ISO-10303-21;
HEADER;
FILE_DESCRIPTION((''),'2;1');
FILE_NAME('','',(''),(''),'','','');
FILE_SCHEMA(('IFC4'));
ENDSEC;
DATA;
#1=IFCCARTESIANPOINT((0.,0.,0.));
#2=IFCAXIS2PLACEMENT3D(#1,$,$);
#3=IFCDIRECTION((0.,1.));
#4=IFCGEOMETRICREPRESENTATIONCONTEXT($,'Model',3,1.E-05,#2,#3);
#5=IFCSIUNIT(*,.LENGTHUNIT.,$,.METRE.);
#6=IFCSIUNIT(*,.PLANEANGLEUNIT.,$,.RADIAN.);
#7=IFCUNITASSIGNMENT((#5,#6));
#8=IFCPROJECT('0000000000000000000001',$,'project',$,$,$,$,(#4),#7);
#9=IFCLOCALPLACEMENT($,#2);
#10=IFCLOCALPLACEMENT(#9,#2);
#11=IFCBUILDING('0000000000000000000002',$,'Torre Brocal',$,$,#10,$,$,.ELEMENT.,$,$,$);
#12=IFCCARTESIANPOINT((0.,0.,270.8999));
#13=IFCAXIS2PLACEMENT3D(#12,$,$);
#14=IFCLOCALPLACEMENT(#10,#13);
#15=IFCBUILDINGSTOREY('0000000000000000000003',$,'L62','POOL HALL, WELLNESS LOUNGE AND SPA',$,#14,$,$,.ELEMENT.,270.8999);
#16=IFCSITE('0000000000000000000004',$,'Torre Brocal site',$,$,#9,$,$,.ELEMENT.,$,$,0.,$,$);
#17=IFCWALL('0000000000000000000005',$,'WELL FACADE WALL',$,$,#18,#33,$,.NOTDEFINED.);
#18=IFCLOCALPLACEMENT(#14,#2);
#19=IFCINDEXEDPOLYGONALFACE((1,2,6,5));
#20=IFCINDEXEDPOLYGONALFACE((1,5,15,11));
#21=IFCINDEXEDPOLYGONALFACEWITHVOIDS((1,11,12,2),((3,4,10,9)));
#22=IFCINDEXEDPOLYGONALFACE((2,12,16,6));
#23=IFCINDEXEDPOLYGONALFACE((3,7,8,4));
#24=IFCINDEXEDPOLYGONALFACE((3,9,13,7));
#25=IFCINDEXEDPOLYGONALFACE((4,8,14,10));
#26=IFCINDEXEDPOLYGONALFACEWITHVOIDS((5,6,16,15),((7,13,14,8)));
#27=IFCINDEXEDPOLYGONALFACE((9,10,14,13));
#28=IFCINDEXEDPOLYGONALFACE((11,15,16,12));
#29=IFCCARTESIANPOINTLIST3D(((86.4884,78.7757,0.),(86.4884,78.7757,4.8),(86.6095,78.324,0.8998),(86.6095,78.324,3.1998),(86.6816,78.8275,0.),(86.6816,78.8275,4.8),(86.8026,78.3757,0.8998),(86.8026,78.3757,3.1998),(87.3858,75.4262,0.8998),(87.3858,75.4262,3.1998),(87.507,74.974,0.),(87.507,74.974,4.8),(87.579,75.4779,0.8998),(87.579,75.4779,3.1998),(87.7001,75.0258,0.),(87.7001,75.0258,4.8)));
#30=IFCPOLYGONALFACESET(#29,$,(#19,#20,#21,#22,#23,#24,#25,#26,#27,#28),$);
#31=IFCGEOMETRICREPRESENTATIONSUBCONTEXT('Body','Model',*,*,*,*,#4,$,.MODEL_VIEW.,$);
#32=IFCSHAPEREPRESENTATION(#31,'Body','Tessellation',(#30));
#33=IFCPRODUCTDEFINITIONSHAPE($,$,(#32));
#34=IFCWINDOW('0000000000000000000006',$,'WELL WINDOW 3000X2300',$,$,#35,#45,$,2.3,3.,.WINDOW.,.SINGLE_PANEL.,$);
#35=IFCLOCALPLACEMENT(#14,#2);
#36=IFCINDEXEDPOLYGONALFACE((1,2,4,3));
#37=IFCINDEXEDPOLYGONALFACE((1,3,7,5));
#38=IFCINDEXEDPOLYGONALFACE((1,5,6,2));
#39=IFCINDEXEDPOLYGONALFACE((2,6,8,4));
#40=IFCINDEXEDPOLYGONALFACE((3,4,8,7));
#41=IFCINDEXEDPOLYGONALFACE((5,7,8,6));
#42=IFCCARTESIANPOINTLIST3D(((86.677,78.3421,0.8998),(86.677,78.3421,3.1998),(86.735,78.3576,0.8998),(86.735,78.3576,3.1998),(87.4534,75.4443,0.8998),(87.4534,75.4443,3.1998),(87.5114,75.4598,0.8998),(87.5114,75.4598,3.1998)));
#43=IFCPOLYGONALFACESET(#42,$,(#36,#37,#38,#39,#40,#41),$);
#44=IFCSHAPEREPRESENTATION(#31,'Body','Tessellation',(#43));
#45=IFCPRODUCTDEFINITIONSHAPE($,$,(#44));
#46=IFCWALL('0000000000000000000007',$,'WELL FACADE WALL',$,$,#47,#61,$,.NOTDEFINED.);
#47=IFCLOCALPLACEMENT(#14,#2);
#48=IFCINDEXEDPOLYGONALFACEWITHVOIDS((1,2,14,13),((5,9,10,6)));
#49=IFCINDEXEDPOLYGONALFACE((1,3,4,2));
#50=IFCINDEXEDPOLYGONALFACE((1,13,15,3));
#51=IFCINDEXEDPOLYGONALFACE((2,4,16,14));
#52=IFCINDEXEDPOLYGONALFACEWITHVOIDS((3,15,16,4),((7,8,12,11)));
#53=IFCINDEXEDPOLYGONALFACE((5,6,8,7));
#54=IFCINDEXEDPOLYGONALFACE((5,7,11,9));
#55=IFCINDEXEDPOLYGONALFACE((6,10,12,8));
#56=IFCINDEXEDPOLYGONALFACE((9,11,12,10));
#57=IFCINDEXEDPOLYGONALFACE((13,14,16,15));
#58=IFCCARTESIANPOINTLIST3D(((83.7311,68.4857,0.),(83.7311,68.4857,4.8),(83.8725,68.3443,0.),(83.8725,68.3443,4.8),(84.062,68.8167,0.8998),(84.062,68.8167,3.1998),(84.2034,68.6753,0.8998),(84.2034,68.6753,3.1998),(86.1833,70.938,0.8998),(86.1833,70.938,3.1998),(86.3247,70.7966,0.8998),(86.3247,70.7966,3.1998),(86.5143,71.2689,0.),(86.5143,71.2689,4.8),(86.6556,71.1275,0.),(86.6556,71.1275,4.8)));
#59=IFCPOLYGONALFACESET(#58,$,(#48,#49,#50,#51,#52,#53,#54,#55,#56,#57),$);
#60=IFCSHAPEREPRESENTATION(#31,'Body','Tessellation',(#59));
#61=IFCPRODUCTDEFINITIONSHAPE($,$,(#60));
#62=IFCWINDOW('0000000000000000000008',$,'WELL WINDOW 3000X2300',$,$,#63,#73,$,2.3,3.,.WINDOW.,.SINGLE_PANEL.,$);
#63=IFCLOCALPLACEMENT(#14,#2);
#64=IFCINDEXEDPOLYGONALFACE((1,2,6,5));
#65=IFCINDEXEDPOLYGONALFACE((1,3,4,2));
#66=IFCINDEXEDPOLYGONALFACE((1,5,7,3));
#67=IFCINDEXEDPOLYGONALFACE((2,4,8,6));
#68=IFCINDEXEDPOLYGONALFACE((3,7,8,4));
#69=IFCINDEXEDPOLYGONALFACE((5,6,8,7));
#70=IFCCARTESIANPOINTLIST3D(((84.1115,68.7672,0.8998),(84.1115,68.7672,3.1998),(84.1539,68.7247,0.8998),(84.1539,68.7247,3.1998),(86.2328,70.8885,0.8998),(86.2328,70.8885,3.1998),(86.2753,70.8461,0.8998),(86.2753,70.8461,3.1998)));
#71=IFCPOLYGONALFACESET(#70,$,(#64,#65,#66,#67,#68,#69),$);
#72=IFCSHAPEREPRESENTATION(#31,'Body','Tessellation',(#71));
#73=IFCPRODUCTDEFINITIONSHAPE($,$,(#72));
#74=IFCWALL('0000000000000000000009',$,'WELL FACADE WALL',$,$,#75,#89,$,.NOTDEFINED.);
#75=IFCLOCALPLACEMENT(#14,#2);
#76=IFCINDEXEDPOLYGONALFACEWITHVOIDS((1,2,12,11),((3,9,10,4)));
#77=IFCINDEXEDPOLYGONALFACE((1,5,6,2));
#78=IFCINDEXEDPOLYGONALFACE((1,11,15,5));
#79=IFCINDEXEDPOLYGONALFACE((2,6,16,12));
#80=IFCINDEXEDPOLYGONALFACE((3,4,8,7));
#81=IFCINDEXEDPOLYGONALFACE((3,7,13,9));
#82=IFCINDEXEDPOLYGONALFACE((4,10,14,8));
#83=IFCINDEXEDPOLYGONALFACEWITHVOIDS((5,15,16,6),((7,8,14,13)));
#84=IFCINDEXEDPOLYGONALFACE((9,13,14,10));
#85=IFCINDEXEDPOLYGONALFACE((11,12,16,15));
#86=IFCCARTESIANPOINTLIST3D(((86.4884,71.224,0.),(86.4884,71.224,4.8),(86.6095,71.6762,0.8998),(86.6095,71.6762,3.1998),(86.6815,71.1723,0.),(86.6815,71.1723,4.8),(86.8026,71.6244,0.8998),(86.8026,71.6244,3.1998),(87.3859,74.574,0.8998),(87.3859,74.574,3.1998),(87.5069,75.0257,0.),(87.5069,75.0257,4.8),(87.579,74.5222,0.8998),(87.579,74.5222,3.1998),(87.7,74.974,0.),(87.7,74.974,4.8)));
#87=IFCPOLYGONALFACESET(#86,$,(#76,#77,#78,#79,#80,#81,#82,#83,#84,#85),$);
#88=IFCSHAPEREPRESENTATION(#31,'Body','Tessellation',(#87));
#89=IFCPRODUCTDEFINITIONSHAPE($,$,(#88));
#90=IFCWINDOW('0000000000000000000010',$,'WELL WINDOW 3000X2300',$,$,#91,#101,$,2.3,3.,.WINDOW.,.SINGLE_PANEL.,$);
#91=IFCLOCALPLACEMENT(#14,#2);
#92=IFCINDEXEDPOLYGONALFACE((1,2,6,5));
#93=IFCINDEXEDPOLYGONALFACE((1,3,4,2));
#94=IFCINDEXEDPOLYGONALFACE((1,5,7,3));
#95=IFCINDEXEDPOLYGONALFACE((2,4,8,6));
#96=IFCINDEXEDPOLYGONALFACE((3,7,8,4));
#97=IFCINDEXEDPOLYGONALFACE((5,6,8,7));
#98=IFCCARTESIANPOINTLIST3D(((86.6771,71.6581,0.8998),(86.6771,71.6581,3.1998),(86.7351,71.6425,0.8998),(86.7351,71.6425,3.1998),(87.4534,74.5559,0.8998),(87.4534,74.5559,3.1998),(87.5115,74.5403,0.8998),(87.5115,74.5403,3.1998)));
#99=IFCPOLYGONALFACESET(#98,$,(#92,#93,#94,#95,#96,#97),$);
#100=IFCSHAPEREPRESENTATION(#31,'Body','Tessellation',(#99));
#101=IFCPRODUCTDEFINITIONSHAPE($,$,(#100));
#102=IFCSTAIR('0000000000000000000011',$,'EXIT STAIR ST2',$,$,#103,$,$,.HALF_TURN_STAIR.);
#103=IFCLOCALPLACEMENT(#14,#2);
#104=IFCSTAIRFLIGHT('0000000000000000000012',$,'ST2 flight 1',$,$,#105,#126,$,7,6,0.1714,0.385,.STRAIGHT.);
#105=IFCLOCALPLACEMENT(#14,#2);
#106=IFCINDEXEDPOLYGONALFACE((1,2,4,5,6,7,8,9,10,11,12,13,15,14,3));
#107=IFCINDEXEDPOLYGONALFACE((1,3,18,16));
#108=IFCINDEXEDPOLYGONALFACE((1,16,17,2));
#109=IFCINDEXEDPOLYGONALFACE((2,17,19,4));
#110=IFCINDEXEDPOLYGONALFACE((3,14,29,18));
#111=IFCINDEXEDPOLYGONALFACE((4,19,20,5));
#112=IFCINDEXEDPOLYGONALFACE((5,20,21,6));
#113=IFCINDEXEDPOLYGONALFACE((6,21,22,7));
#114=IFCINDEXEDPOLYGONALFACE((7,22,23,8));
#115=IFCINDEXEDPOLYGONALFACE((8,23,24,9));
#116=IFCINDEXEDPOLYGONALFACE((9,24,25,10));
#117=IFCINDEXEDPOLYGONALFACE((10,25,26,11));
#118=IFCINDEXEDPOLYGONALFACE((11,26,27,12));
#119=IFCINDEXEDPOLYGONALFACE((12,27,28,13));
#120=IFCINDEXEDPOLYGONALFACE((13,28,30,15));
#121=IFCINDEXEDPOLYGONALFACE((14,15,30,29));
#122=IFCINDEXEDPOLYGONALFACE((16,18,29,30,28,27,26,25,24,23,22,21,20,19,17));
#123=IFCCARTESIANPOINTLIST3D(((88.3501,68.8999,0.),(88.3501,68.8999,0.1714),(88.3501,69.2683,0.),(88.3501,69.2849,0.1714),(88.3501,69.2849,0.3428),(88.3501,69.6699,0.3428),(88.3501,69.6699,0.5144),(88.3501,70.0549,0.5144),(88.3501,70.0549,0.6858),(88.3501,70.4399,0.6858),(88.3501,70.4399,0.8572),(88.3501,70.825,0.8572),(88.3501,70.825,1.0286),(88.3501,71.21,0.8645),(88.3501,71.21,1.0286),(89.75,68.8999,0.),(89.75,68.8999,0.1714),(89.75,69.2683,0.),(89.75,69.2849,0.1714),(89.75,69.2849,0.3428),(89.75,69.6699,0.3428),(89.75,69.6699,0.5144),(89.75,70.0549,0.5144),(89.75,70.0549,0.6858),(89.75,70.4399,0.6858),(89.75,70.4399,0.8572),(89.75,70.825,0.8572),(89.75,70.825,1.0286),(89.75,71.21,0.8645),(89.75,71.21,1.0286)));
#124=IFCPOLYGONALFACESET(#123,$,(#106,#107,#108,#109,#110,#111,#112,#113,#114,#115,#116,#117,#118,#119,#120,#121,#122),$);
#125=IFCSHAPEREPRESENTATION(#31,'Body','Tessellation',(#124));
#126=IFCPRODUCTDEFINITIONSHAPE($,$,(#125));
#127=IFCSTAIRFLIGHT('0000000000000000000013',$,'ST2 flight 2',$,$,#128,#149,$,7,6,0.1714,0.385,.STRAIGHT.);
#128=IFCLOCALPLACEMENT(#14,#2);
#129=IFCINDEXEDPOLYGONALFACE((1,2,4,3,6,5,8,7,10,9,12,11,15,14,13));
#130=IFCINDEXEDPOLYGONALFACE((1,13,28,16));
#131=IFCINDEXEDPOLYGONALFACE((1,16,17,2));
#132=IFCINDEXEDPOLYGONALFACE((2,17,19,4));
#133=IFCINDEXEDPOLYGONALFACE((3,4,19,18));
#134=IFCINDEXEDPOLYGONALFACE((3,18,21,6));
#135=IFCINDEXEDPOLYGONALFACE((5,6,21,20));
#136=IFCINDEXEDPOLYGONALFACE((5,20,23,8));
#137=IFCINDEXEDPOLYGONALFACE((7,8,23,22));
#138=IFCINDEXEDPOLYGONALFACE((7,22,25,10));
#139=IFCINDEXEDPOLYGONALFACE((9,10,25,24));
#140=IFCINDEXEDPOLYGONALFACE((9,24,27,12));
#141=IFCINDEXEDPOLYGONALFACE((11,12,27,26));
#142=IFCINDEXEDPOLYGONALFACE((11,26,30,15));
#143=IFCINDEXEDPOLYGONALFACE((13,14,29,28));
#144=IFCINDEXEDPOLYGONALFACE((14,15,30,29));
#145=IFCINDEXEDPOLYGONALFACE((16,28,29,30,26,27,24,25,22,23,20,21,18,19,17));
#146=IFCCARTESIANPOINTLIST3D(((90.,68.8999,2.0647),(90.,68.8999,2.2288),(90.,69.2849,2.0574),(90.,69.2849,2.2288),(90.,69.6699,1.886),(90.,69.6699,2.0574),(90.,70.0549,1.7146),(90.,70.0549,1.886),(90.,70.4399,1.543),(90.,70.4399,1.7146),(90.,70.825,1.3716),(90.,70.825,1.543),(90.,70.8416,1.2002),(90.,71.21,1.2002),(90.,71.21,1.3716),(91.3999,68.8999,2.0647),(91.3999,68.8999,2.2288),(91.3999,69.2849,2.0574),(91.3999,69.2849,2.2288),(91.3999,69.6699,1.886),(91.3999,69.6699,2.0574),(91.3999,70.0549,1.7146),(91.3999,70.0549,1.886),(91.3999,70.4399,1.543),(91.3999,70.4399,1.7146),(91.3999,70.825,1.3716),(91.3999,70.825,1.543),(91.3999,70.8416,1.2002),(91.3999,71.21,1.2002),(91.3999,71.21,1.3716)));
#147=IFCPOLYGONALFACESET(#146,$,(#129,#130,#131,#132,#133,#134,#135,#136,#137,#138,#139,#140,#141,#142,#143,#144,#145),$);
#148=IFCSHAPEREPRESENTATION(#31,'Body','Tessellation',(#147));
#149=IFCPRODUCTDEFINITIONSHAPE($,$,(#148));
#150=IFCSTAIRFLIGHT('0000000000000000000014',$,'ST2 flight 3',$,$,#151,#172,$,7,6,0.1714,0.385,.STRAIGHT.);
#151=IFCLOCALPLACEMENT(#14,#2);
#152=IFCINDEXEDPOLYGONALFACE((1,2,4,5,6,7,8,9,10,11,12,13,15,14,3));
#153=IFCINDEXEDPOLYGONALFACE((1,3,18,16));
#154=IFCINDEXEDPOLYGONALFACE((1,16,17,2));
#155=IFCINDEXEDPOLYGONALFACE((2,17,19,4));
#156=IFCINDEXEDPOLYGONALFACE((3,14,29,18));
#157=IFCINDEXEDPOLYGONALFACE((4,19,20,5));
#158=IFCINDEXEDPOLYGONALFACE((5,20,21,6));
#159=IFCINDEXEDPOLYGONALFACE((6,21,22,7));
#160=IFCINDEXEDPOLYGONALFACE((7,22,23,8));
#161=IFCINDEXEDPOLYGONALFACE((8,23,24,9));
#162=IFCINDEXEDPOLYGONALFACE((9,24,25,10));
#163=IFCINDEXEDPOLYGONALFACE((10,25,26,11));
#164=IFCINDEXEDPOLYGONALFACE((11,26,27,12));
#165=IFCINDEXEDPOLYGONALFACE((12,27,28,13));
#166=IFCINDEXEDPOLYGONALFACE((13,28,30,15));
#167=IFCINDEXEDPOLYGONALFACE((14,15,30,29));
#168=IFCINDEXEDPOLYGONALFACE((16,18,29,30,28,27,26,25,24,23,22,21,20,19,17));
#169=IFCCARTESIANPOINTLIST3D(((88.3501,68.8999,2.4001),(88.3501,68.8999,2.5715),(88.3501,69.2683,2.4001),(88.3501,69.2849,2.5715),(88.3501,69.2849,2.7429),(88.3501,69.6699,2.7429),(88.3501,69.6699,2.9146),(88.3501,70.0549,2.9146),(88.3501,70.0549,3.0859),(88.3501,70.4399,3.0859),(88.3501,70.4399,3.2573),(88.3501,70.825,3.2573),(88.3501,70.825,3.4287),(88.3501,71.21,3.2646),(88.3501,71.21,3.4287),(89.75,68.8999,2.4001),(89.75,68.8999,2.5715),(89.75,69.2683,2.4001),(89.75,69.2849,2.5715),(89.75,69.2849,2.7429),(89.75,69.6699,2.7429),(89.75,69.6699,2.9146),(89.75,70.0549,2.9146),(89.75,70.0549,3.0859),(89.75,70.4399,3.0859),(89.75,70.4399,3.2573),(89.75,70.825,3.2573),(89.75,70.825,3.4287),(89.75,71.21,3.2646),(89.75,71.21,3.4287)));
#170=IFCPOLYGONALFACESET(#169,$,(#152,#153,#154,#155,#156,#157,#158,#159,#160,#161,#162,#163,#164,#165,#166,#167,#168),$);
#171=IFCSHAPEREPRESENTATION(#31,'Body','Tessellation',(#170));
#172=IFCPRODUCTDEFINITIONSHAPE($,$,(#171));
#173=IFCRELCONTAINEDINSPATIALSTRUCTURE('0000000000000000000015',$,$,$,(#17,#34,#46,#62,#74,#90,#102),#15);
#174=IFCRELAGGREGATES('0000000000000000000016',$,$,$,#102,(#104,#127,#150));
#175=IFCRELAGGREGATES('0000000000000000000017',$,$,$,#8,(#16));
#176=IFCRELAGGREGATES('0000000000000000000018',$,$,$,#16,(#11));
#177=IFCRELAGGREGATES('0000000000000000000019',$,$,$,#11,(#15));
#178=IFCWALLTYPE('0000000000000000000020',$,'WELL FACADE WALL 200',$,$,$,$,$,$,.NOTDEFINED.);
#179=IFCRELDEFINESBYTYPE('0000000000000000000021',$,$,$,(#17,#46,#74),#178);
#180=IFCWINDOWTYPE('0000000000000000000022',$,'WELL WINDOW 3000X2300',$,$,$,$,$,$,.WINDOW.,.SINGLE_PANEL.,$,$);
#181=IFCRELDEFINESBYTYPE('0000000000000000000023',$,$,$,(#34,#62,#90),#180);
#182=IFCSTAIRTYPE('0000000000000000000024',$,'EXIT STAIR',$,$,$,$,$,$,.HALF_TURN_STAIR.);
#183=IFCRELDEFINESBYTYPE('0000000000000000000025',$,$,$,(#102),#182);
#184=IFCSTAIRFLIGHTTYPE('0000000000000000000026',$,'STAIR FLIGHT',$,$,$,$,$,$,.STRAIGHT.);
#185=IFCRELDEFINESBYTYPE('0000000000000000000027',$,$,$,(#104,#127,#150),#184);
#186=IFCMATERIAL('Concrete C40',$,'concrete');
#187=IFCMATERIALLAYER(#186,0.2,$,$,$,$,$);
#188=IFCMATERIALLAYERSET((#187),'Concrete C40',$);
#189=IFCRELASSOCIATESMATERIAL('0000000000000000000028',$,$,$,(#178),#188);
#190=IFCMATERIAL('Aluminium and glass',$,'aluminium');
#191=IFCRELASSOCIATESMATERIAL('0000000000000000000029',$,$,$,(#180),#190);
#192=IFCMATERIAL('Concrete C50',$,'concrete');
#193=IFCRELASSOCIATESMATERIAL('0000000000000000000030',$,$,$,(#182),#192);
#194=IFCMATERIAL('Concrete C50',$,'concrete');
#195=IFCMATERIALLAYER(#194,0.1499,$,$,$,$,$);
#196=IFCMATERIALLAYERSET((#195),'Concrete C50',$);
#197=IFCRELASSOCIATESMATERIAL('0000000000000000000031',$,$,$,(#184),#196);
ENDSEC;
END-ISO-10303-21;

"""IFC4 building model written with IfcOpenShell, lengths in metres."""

from ifc_helpers import new_model, si_unit, direction, frame, frame_2d, origin, place, context, subcontext, project, spatial, polyline, rectangle, outline, extrude, material, layer, layer_set, type_object, element, fill, aggregate, save


model = new_model("IFC4")

# Units and contexts
model_context = context("Model", 3, precision=1e-05, world=origin(), true_north=direction((0.0, 1.0)))
body_context = subcontext(model_context, "Body", "Model", "MODEL_VIEW")
ifc_project = project(units=[si_unit("LENGTHUNIT", "METRE"), si_unit("PLANEANGLEUNIT", "RADIAN")], contexts=[model_context])

# Site, building, storey
site_placement = place(None, origin())
site = spatial("IfcSite", under=ifc_project, at=site_placement, Name="Torre Brocal site", CompositionType="ELEMENT", RefElevation=0.0)
building_placement = place(site_placement, origin())
building = spatial("IfcBuilding", under=site, at=building_placement, Name="Torre Brocal", CompositionType="ELEMENT")
storey_placement = place(building_placement, frame((0.0, 0.0, 270.8999)))
storey = spatial("IfcBuildingStorey", under=building, at=storey_placement, Name="L62", Description="POOL HALL, WELLNESS LOUNGE AND SPA", CompositionType="ELEMENT", Elevation=270.8999)

# Walls, openings, windows
ifc_material_1 = material(Name="Concrete C40", Category="concrete")
ifc_layer_1 = layer(ifc_material_1, 0.2)
ifc_layer_set_1 = layer_set([ifc_layer_1], Name="Concrete C40")
wall_type_1 = type_object("IfcWallType", Name="WELL FACADE WALL 200", PredefinedType="NOTDEFINED", material=ifc_layer_set_1)
wall_1_placement = place(storey_placement, frame((87.6035, 75.0, 0.0), z_axis=(0.0, 0.0, 1.0), x_axis=(-0.25879, 0.965934, 0.0)))
wall_1 = element("IfcWall", 1, at=wall_1_placement, inside=storey, type_object=wall_type_1, Name="WELL FACADE WALL", PredefinedType="NOTDEFINED", context=body_context, shape_type="SweptSolid", body=[
    extrude(rectangle(XDim=3.9358, YDim=0.2, at=frame_2d((1.9678, 0.0))), origin(), (0.0, 0.0, 1.0), 4.8),
])
opening_1_placement = place(wall_1_placement, frame((0.468, 0.0, 0.8999)))
opening_1 = element("IfcOpeningElement", 2, at=opening_1_placement, cuts=wall_1, PredefinedType="OPENING", context=body_context, shape_type="SweptSolid", body=[
    extrude(rectangle(XDim=3.0, YDim=2.3, at=frame_2d((1.5, 1.1499))), frame((0.0, 0.1099, 0.0), z_axis=(0.0, -1.0, 0.0), x_axis=(1.0, 0.0, 0.0)), (0.0, 0.0, 1.0), 0.22),
])
ifc_material_2 = material(Name="Aluminium and glass", Category="aluminium")
window_type = type_object("IfcWindowType", Name="WELL WINDOW 3000X2300", PartitioningType="SINGLE_PANEL", PredefinedType="WINDOW", material=ifc_material_2)
window_1_placement = place(opening_1_placement, origin())
window_1 = element("IfcWindow", 3, at=window_1_placement, inside=storey, type_object=window_type, Name="WELL WINDOW 3000X2300", OverallHeight=2.3, OverallWidth=3.0, PartitioningType="SINGLE_PANEL", PredefinedType="WINDOW", context=body_context, shape_type="SweptSolid", body=[
    extrude(rectangle(XDim=3.0, YDim=2.3, at=frame_2d((1.5, 1.1499))), frame((0.0, 0.03, 0.0), z_axis=(0.0, -1.0, 0.0), x_axis=(1.0, 0.0, 0.0)), (0.0, 0.0, 1.0), 0.0601),
])
fill(opening_1, window_1)
wall_2_placement = place(storey_placement, frame((83.8018, 68.415, 0.0), z_axis=(0.0, 0.0, 1.0), x_axis=(0.707107, 0.707107, 0.0)))
wall_2 = element("IfcWall", 4, at=wall_2_placement, inside=storey, type_object=wall_type_1, Name="WELL FACADE WALL", PredefinedType="NOTDEFINED", context=body_context, shape_type="SweptSolid", body=[
    extrude(rectangle(XDim=3.936, YDim=0.2, at=frame_2d((1.968, 0.0))), origin(), (0.0, 0.0, 1.0), 4.8),
])
opening_2_placement = place(wall_2_placement, frame((0.468, 0.0, 0.8999)))
opening_2 = element("IfcOpeningElement", 5, at=opening_2_placement, cuts=wall_2, PredefinedType="OPENING", context=body_context, shape_type="SweptSolid", body=[
    extrude(rectangle(XDim=3.0, YDim=2.3, at=frame_2d((1.5, 1.1499))), frame((0.0, 0.1099, 0.0), z_axis=(0.0, -1.0, 0.0), x_axis=(1.0, 0.0, 0.0)), (0.0, 0.0, 1.0), 0.22),
])
window_2_placement = place(opening_2_placement, origin())
window_2 = element("IfcWindow", 6, at=window_2_placement, inside=storey, type_object=window_type, Name="WELL WINDOW 3000X2300", OverallHeight=2.3, OverallWidth=3.0, PartitioningType="SINGLE_PANEL", PredefinedType="WINDOW", context=body_context, shape_type="SweptSolid", body=[
    extrude(rectangle(XDim=3.0, YDim=2.3, at=frame_2d((1.5, 1.1499))), frame((0.0, 0.03, 0.0), z_axis=(0.0, -1.0, 0.0), x_axis=(1.0, 0.0, 0.0)), (0.0, 0.0, 1.0), 0.0601),
])
fill(opening_2, window_2)
wall_3_placement = place(storey_placement, frame((86.585, 71.1982, 0.0), z_axis=(0.0, 0.0, 1.0), x_axis=(0.25879, 0.965934, 0.0)))
wall_3 = element("IfcWall", 7, at=wall_3_placement, inside=storey, type_object=wall_type_1, Name="WELL FACADE WALL", PredefinedType="NOTDEFINED", context=body_context, shape_type="SweptSolid", body=[
    extrude(rectangle(XDim=3.9358, YDim=0.2, at=frame_2d((1.9678, 0.0))), origin(), (0.0, 0.0, 1.0), 4.8),
])
opening_3_placement = place(wall_3_placement, frame((0.468, 0.0, 0.8999)))
opening_3 = element("IfcOpeningElement", 8, at=opening_3_placement, cuts=wall_3, PredefinedType="OPENING", context=body_context, shape_type="SweptSolid", body=[
    extrude(rectangle(XDim=3.0, YDim=2.3, at=frame_2d((1.5, 1.1499))), frame((0.0, 0.1099, 0.0), z_axis=(0.0, -1.0, 0.0), x_axis=(1.0, 0.0, 0.0)), (0.0, 0.0, 1.0), 0.22),
])
window_3_placement = place(opening_3_placement, origin())
window_3 = element("IfcWindow", 9, at=window_3_placement, inside=storey, type_object=window_type, Name="WELL WINDOW 3000X2300", OverallHeight=2.3, OverallWidth=3.0, PartitioningType="SINGLE_PANEL", PredefinedType="WINDOW", context=body_context, shape_type="SweptSolid", body=[
    extrude(rectangle(XDim=3.0, YDim=2.3, at=frame_2d((1.5, 1.1499))), frame((0.0, 0.03, 0.0), z_axis=(0.0, -1.0, 0.0), x_axis=(1.0, 0.0, 0.0)), (0.0, 0.0, 1.0), 0.0601),
])
fill(opening_3, window_3)

# Stair, stair flights
ifc_material_3 = material(Name="Concrete C50", Category="concrete")
stair_type = type_object("IfcStairType", Name="EXIT STAIR", PredefinedType="HALF_TURN_STAIR", material=ifc_material_3)
stair_placement = place(storey_placement, origin())
stair = element("IfcStair", 10, at=stair_placement, inside=storey, type_object=stair_type, Name="EXIT STAIR ST2", PredefinedType="HALF_TURN_STAIR")
ifc_material_4 = material(Name="Concrete C50", Category="concrete")
ifc_layer_2 = layer(ifc_material_4, 0.1499)
ifc_layer_set_2 = layer_set([ifc_layer_2], Name="Concrete C50")
stair_flight_type = type_object("IfcStairFlightType", Name="STAIR FLIGHT", PredefinedType="STRAIGHT", material=ifc_layer_set_2)
stair_flight_1_placement = place(storey_placement, frame((89.05, 68.8999, 0.0), z_axis=(0.0, 0.0, 1.0), x_axis=(0.0, 1.0, 0.0)))
stair_flight_1 = element("IfcStairFlight", 11, at=stair_flight_1_placement, type_object=stair_flight_type, Name="ST2 flight 1", NumberOfRisers=7, NumberOfTreads=6, PredefinedType="STRAIGHT", RiserHeight=0.1714, TreadLength=0.385, context=body_context, shape_type="SweptSolid", body=[
    extrude(outline(polyline([(0.0, 0.0), (0.0, 0.1714), (0.385, 0.1714), (0.385, 0.3428), (0.77, 0.3428), (0.77, 0.5144), (1.155, 0.5144), (1.155, 0.6858), (1.54, 0.6858), (1.54, 0.8572), (1.925, 0.8572), (1.925, 1.0286), (2.3101, 1.0286), (2.3101, 1.2), (2.3101, 0.8645), (0.3684, 0.0), (0.0, 0.0)])), frame((0.0, 0.7, 0.0), z_axis=(0.0, -1.0, 0.0), x_axis=(1.0, 0.0, 0.0)), (0.0, 0.0, 1.0), 1.3999),
])
stair_flight_2_placement = place(storey_placement, frame((90.7, 71.21, 1.2002), z_axis=(0.0, 0.0, 1.0), x_axis=(0.0, -1.0, 0.0)))
stair_flight_2 = element("IfcStairFlight", 12, at=stair_flight_2_placement, type_object=stair_flight_type, Name="ST2 flight 2", NumberOfRisers=7, NumberOfTreads=6, PredefinedType="STRAIGHT", RiserHeight=0.1714, TreadLength=0.385, context=body_context, shape_type="SweptSolid", body=[
    extrude(outline(polyline([(0.0, 0.0), (0.0, 0.1714), (0.385, 0.1714), (0.385, 0.3428), (0.77, 0.3428), (0.77, 0.5144), (1.155, 0.5144), (1.155, 0.6858), (1.54, 0.6858), (1.54, 0.8572), (1.925, 0.8572), (1.925, 1.0286), (2.3101, 1.0286), (2.3101, 1.2), (2.3101, 0.8645), (0.3684, 0.0), (0.0, 0.0)])), frame((0.0, 0.7, 0.0), z_axis=(0.0, -1.0, 0.0), x_axis=(1.0, 0.0, 0.0)), (0.0, 0.0, 1.0), 1.3999),
])
stair_flight_3_placement = place(storey_placement, frame((89.05, 68.8999, 2.4001), z_axis=(0.0, 0.0, 1.0), x_axis=(0.0, 1.0, 0.0)))
stair_flight_3 = element("IfcStairFlight", 13, at=stair_flight_3_placement, type_object=stair_flight_type, Name="ST2 flight 3", NumberOfRisers=7, NumberOfTreads=6, PredefinedType="STRAIGHT", RiserHeight=0.1714, TreadLength=0.385, context=body_context, shape_type="SweptSolid", body=[
    extrude(outline(polyline([(0.0, 0.0), (0.0, 0.1714), (0.385, 0.1714), (0.385, 0.3428), (0.77, 0.3428), (0.77, 0.5144), (1.155, 0.5144), (1.155, 0.6858), (1.54, 0.6858), (1.54, 0.8572), (1.925, 0.8572), (1.925, 1.0286), (2.3101, 1.0286), (2.3101, 1.2), (2.3101, 0.8645), (0.3684, 0.0), (0.0, 0.0)])), frame((0.0, 0.7, 0.0), z_axis=(0.0, -1.0, 0.0), x_axis=(1.0, 0.0, 0.0)), (0.0, 0.0, 1.0), 1.3999),
])
aggregate(stair, [stair_flight_1, stair_flight_2, stair_flight_3])

save(model, "model.ifc")
